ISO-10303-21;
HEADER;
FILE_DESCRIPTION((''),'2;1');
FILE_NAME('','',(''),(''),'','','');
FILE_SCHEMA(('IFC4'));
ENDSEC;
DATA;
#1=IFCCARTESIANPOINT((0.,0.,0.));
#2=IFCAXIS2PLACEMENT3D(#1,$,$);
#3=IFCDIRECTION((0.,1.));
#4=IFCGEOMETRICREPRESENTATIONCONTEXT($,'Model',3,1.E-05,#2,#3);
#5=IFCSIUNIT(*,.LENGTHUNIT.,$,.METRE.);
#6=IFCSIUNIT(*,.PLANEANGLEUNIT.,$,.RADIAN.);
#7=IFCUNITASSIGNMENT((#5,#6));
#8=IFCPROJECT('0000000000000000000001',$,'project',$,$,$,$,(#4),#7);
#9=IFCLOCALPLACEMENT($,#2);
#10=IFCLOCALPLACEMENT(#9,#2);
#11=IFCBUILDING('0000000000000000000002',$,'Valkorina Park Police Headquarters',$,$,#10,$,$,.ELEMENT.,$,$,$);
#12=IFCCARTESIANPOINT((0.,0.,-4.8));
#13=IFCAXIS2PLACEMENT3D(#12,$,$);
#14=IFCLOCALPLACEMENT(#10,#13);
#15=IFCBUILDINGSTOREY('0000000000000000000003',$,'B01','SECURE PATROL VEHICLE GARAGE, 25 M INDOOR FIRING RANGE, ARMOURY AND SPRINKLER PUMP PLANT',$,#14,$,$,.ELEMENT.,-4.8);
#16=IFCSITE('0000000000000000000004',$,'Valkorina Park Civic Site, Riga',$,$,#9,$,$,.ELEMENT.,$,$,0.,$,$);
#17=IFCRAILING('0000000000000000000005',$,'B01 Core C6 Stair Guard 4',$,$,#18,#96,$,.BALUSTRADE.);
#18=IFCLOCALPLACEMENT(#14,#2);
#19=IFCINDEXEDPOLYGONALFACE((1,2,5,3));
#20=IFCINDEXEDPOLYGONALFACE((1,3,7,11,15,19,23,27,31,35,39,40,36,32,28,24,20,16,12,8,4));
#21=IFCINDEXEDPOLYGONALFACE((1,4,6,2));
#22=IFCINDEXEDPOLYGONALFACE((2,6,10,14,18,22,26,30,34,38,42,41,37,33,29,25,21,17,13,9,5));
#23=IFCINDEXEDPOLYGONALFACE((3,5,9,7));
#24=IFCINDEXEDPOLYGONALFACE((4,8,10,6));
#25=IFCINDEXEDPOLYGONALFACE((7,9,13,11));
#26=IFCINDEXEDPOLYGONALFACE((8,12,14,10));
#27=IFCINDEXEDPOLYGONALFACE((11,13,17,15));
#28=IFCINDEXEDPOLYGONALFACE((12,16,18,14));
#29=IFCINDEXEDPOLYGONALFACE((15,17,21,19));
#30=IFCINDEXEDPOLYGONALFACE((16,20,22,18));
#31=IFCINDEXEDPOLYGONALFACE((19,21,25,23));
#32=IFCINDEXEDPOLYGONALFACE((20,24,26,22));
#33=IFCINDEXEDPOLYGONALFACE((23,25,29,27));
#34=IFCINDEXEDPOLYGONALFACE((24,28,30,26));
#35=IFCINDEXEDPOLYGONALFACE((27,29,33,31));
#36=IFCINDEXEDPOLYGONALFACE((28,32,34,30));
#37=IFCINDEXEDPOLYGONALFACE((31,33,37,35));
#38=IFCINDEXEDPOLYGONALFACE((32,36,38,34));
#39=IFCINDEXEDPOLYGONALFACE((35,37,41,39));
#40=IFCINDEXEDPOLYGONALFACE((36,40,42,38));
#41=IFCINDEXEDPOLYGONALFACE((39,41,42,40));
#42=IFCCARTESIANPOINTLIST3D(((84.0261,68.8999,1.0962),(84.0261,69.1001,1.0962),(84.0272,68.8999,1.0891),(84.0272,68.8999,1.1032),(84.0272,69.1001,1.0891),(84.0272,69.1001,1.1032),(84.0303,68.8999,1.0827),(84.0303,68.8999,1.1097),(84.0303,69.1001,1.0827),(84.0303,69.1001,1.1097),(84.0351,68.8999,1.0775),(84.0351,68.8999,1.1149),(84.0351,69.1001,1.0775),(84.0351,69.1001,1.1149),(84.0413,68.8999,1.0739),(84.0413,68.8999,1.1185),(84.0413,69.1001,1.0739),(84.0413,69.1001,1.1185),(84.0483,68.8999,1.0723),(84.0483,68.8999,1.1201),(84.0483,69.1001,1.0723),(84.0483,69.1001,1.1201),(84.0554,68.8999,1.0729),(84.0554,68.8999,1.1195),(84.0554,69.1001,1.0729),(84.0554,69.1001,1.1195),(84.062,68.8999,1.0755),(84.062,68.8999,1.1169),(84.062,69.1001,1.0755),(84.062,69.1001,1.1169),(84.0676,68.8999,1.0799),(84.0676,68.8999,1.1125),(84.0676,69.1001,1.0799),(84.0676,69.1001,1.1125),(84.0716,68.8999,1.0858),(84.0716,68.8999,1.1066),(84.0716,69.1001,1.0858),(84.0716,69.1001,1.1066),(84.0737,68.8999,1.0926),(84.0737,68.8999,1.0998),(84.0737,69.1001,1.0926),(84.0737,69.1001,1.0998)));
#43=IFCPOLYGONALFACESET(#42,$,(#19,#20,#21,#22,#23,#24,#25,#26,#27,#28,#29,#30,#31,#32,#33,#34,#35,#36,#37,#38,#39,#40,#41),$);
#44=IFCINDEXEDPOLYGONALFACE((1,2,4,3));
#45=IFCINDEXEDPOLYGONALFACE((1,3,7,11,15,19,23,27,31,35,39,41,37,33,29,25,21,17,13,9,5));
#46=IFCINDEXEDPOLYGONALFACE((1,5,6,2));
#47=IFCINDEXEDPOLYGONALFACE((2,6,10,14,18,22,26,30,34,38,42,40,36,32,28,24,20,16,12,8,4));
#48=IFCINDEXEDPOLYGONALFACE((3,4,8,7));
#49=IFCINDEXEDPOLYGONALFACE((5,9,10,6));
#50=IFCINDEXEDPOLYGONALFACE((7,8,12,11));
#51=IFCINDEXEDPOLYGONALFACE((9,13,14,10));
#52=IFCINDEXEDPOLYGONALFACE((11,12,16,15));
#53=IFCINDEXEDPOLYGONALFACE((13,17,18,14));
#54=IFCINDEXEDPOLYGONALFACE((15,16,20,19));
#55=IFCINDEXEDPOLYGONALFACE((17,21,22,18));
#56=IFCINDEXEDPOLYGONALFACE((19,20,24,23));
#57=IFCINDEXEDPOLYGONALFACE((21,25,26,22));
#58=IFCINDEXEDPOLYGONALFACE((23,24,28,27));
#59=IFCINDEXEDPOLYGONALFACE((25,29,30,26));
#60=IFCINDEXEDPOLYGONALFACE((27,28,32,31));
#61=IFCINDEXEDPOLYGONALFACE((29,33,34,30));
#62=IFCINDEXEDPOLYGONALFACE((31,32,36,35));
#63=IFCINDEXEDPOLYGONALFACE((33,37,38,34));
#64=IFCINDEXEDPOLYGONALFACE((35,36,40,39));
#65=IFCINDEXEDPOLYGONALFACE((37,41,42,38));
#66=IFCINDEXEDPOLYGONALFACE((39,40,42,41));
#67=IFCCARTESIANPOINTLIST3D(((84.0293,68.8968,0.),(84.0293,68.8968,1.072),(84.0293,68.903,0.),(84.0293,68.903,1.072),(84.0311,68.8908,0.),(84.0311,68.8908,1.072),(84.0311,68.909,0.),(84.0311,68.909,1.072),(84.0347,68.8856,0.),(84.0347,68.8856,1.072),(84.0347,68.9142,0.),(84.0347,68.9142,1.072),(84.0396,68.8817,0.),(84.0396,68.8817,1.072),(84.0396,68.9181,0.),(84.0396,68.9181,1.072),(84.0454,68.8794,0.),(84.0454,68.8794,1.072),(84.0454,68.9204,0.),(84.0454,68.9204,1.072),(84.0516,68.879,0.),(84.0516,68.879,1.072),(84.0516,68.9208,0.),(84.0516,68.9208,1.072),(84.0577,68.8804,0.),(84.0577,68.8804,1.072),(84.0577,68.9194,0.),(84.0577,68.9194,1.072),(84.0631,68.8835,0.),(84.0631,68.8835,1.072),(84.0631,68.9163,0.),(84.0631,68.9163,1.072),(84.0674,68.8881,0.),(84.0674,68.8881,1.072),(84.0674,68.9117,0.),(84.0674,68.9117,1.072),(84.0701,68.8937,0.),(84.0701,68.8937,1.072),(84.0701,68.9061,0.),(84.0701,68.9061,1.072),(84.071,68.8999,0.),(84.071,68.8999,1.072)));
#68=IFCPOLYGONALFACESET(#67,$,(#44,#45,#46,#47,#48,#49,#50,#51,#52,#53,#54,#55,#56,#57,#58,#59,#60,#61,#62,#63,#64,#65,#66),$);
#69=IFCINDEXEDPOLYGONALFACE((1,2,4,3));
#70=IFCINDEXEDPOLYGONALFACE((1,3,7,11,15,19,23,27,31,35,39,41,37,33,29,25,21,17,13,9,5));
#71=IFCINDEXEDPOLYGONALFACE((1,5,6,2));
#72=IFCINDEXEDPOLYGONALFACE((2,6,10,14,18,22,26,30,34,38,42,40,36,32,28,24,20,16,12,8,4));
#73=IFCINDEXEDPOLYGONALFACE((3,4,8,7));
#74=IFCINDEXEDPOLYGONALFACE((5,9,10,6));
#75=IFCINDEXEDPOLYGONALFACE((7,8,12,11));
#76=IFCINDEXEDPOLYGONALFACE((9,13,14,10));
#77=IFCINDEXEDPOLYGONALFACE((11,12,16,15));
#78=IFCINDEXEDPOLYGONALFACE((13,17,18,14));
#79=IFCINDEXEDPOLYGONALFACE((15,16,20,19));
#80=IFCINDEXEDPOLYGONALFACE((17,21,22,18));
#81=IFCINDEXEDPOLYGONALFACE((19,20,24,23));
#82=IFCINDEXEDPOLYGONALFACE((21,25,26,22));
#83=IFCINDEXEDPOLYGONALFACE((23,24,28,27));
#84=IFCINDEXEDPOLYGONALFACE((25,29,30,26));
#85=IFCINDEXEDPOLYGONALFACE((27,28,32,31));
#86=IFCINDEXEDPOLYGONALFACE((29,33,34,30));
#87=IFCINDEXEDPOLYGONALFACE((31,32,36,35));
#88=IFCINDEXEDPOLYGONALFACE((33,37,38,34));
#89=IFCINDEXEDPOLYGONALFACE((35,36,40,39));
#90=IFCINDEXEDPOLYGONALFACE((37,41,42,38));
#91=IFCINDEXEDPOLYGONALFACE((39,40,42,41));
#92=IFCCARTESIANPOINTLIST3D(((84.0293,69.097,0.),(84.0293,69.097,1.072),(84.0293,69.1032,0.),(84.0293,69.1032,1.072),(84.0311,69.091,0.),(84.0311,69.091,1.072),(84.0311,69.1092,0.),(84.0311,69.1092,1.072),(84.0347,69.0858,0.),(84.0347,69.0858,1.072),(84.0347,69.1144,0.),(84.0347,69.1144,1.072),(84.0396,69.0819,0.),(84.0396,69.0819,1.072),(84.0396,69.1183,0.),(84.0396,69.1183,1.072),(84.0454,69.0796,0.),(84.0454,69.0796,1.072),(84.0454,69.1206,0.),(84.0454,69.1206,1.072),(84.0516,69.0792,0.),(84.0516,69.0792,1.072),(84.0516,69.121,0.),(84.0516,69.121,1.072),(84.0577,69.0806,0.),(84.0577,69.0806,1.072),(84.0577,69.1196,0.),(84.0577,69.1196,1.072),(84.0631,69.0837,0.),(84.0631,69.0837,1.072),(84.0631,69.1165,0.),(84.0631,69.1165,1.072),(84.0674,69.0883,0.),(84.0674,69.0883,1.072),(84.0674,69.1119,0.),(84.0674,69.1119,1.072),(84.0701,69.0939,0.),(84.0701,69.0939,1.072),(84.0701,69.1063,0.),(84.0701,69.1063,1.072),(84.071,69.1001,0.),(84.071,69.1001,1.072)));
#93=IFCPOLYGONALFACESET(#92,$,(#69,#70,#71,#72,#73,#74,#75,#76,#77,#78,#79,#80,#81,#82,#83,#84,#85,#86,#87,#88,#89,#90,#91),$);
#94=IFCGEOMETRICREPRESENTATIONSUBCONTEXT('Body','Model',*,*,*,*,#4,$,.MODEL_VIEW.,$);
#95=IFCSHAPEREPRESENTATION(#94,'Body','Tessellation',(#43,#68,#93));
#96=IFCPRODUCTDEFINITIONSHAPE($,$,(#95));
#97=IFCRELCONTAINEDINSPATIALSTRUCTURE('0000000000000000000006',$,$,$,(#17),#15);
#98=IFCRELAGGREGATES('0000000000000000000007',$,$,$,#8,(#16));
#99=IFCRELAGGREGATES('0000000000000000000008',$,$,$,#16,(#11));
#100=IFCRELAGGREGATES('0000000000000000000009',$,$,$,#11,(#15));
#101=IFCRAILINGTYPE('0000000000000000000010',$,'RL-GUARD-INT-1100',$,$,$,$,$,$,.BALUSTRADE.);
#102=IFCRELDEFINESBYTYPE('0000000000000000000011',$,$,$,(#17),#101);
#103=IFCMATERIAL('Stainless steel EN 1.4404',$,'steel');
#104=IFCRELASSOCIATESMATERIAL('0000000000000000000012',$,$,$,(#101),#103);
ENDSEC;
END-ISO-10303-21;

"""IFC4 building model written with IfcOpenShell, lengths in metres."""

from ifc_helpers import new_model, si_unit, direction, frame, origin, origin_2d, place, context, subcontext, project, spatial, circle, extrude, material, type_object, element, save


model = new_model("IFC4")

# Units and contexts
model_context = context("Model", 3, precision=1e-05, world=origin(), true_north=direction((0.0, 1.0)))
body_context = subcontext(model_context, "Body", "Model", "MODEL_VIEW")
ifc_project = project(units=[si_unit("LENGTHUNIT", "METRE"), si_unit("PLANEANGLEUNIT", "RADIAN")], contexts=[model_context])

# Site, building, storey
site_placement = place(None, origin())
site = spatial("IfcSite", under=ifc_project, at=site_placement, Name="Valkorina Park Civic Site, Riga", CompositionType="ELEMENT", RefElevation=0.0)
building_placement = place(site_placement, origin())
building = spatial("IfcBuilding", under=site, at=building_placement, Name="Valkorina Park Police Headquarters", CompositionType="ELEMENT")
storey_placement = place(building_placement, frame((0.0, 0.0, -4.8)))
storey = spatial("IfcBuildingStorey", under=building, at=storey_placement, Name="B01", Description="SECURE PATROL VEHICLE GARAGE, 25 M INDOOR FIRING RANGE, ARMOURY AND SPRINKLER PUMP PLANT", CompositionType="ELEMENT", Elevation=-4.8)

# Railing
ifc_material_1 = material(Name="Stainless steel EN 1.4404", Category="steel")
railing_type_1 = type_object("IfcRailingType", Name="RL-GUARD-INT-1100", PredefinedType="BALUSTRADE", material=ifc_material_1)
railing_1_placement = place(storey_placement, frame((84.05, 68.8999, 0.0)))
element("IfcRailing", 1, at=railing_1_placement, inside=storey, type_object=railing_type_1, Name="B01 Core C6 Stair Guard 4", PredefinedType="BALUSTRADE", context=body_context, shape_type="SweptSolid", body=[
    extrude(circle(Radius=0.0239, at=origin_2d()), frame((0.0, 0.0, 1.0962), z_axis=(0.0, 1.0, 0.0), x_axis=(-1.0, 0.0, 0.0)), (0.0, 0.0, 1.0), 0.2002),
    extrude(circle(Radius=0.021, at=origin_2d()), origin(), (0.0, 0.0, 1.0), 1.072),
    extrude(circle(Radius=0.021, at=origin_2d()), frame((0.0, 0.2002, 0.0)), (0.0, 0.0, 1.0), 1.072),
])

save(model, "model.ifc")
